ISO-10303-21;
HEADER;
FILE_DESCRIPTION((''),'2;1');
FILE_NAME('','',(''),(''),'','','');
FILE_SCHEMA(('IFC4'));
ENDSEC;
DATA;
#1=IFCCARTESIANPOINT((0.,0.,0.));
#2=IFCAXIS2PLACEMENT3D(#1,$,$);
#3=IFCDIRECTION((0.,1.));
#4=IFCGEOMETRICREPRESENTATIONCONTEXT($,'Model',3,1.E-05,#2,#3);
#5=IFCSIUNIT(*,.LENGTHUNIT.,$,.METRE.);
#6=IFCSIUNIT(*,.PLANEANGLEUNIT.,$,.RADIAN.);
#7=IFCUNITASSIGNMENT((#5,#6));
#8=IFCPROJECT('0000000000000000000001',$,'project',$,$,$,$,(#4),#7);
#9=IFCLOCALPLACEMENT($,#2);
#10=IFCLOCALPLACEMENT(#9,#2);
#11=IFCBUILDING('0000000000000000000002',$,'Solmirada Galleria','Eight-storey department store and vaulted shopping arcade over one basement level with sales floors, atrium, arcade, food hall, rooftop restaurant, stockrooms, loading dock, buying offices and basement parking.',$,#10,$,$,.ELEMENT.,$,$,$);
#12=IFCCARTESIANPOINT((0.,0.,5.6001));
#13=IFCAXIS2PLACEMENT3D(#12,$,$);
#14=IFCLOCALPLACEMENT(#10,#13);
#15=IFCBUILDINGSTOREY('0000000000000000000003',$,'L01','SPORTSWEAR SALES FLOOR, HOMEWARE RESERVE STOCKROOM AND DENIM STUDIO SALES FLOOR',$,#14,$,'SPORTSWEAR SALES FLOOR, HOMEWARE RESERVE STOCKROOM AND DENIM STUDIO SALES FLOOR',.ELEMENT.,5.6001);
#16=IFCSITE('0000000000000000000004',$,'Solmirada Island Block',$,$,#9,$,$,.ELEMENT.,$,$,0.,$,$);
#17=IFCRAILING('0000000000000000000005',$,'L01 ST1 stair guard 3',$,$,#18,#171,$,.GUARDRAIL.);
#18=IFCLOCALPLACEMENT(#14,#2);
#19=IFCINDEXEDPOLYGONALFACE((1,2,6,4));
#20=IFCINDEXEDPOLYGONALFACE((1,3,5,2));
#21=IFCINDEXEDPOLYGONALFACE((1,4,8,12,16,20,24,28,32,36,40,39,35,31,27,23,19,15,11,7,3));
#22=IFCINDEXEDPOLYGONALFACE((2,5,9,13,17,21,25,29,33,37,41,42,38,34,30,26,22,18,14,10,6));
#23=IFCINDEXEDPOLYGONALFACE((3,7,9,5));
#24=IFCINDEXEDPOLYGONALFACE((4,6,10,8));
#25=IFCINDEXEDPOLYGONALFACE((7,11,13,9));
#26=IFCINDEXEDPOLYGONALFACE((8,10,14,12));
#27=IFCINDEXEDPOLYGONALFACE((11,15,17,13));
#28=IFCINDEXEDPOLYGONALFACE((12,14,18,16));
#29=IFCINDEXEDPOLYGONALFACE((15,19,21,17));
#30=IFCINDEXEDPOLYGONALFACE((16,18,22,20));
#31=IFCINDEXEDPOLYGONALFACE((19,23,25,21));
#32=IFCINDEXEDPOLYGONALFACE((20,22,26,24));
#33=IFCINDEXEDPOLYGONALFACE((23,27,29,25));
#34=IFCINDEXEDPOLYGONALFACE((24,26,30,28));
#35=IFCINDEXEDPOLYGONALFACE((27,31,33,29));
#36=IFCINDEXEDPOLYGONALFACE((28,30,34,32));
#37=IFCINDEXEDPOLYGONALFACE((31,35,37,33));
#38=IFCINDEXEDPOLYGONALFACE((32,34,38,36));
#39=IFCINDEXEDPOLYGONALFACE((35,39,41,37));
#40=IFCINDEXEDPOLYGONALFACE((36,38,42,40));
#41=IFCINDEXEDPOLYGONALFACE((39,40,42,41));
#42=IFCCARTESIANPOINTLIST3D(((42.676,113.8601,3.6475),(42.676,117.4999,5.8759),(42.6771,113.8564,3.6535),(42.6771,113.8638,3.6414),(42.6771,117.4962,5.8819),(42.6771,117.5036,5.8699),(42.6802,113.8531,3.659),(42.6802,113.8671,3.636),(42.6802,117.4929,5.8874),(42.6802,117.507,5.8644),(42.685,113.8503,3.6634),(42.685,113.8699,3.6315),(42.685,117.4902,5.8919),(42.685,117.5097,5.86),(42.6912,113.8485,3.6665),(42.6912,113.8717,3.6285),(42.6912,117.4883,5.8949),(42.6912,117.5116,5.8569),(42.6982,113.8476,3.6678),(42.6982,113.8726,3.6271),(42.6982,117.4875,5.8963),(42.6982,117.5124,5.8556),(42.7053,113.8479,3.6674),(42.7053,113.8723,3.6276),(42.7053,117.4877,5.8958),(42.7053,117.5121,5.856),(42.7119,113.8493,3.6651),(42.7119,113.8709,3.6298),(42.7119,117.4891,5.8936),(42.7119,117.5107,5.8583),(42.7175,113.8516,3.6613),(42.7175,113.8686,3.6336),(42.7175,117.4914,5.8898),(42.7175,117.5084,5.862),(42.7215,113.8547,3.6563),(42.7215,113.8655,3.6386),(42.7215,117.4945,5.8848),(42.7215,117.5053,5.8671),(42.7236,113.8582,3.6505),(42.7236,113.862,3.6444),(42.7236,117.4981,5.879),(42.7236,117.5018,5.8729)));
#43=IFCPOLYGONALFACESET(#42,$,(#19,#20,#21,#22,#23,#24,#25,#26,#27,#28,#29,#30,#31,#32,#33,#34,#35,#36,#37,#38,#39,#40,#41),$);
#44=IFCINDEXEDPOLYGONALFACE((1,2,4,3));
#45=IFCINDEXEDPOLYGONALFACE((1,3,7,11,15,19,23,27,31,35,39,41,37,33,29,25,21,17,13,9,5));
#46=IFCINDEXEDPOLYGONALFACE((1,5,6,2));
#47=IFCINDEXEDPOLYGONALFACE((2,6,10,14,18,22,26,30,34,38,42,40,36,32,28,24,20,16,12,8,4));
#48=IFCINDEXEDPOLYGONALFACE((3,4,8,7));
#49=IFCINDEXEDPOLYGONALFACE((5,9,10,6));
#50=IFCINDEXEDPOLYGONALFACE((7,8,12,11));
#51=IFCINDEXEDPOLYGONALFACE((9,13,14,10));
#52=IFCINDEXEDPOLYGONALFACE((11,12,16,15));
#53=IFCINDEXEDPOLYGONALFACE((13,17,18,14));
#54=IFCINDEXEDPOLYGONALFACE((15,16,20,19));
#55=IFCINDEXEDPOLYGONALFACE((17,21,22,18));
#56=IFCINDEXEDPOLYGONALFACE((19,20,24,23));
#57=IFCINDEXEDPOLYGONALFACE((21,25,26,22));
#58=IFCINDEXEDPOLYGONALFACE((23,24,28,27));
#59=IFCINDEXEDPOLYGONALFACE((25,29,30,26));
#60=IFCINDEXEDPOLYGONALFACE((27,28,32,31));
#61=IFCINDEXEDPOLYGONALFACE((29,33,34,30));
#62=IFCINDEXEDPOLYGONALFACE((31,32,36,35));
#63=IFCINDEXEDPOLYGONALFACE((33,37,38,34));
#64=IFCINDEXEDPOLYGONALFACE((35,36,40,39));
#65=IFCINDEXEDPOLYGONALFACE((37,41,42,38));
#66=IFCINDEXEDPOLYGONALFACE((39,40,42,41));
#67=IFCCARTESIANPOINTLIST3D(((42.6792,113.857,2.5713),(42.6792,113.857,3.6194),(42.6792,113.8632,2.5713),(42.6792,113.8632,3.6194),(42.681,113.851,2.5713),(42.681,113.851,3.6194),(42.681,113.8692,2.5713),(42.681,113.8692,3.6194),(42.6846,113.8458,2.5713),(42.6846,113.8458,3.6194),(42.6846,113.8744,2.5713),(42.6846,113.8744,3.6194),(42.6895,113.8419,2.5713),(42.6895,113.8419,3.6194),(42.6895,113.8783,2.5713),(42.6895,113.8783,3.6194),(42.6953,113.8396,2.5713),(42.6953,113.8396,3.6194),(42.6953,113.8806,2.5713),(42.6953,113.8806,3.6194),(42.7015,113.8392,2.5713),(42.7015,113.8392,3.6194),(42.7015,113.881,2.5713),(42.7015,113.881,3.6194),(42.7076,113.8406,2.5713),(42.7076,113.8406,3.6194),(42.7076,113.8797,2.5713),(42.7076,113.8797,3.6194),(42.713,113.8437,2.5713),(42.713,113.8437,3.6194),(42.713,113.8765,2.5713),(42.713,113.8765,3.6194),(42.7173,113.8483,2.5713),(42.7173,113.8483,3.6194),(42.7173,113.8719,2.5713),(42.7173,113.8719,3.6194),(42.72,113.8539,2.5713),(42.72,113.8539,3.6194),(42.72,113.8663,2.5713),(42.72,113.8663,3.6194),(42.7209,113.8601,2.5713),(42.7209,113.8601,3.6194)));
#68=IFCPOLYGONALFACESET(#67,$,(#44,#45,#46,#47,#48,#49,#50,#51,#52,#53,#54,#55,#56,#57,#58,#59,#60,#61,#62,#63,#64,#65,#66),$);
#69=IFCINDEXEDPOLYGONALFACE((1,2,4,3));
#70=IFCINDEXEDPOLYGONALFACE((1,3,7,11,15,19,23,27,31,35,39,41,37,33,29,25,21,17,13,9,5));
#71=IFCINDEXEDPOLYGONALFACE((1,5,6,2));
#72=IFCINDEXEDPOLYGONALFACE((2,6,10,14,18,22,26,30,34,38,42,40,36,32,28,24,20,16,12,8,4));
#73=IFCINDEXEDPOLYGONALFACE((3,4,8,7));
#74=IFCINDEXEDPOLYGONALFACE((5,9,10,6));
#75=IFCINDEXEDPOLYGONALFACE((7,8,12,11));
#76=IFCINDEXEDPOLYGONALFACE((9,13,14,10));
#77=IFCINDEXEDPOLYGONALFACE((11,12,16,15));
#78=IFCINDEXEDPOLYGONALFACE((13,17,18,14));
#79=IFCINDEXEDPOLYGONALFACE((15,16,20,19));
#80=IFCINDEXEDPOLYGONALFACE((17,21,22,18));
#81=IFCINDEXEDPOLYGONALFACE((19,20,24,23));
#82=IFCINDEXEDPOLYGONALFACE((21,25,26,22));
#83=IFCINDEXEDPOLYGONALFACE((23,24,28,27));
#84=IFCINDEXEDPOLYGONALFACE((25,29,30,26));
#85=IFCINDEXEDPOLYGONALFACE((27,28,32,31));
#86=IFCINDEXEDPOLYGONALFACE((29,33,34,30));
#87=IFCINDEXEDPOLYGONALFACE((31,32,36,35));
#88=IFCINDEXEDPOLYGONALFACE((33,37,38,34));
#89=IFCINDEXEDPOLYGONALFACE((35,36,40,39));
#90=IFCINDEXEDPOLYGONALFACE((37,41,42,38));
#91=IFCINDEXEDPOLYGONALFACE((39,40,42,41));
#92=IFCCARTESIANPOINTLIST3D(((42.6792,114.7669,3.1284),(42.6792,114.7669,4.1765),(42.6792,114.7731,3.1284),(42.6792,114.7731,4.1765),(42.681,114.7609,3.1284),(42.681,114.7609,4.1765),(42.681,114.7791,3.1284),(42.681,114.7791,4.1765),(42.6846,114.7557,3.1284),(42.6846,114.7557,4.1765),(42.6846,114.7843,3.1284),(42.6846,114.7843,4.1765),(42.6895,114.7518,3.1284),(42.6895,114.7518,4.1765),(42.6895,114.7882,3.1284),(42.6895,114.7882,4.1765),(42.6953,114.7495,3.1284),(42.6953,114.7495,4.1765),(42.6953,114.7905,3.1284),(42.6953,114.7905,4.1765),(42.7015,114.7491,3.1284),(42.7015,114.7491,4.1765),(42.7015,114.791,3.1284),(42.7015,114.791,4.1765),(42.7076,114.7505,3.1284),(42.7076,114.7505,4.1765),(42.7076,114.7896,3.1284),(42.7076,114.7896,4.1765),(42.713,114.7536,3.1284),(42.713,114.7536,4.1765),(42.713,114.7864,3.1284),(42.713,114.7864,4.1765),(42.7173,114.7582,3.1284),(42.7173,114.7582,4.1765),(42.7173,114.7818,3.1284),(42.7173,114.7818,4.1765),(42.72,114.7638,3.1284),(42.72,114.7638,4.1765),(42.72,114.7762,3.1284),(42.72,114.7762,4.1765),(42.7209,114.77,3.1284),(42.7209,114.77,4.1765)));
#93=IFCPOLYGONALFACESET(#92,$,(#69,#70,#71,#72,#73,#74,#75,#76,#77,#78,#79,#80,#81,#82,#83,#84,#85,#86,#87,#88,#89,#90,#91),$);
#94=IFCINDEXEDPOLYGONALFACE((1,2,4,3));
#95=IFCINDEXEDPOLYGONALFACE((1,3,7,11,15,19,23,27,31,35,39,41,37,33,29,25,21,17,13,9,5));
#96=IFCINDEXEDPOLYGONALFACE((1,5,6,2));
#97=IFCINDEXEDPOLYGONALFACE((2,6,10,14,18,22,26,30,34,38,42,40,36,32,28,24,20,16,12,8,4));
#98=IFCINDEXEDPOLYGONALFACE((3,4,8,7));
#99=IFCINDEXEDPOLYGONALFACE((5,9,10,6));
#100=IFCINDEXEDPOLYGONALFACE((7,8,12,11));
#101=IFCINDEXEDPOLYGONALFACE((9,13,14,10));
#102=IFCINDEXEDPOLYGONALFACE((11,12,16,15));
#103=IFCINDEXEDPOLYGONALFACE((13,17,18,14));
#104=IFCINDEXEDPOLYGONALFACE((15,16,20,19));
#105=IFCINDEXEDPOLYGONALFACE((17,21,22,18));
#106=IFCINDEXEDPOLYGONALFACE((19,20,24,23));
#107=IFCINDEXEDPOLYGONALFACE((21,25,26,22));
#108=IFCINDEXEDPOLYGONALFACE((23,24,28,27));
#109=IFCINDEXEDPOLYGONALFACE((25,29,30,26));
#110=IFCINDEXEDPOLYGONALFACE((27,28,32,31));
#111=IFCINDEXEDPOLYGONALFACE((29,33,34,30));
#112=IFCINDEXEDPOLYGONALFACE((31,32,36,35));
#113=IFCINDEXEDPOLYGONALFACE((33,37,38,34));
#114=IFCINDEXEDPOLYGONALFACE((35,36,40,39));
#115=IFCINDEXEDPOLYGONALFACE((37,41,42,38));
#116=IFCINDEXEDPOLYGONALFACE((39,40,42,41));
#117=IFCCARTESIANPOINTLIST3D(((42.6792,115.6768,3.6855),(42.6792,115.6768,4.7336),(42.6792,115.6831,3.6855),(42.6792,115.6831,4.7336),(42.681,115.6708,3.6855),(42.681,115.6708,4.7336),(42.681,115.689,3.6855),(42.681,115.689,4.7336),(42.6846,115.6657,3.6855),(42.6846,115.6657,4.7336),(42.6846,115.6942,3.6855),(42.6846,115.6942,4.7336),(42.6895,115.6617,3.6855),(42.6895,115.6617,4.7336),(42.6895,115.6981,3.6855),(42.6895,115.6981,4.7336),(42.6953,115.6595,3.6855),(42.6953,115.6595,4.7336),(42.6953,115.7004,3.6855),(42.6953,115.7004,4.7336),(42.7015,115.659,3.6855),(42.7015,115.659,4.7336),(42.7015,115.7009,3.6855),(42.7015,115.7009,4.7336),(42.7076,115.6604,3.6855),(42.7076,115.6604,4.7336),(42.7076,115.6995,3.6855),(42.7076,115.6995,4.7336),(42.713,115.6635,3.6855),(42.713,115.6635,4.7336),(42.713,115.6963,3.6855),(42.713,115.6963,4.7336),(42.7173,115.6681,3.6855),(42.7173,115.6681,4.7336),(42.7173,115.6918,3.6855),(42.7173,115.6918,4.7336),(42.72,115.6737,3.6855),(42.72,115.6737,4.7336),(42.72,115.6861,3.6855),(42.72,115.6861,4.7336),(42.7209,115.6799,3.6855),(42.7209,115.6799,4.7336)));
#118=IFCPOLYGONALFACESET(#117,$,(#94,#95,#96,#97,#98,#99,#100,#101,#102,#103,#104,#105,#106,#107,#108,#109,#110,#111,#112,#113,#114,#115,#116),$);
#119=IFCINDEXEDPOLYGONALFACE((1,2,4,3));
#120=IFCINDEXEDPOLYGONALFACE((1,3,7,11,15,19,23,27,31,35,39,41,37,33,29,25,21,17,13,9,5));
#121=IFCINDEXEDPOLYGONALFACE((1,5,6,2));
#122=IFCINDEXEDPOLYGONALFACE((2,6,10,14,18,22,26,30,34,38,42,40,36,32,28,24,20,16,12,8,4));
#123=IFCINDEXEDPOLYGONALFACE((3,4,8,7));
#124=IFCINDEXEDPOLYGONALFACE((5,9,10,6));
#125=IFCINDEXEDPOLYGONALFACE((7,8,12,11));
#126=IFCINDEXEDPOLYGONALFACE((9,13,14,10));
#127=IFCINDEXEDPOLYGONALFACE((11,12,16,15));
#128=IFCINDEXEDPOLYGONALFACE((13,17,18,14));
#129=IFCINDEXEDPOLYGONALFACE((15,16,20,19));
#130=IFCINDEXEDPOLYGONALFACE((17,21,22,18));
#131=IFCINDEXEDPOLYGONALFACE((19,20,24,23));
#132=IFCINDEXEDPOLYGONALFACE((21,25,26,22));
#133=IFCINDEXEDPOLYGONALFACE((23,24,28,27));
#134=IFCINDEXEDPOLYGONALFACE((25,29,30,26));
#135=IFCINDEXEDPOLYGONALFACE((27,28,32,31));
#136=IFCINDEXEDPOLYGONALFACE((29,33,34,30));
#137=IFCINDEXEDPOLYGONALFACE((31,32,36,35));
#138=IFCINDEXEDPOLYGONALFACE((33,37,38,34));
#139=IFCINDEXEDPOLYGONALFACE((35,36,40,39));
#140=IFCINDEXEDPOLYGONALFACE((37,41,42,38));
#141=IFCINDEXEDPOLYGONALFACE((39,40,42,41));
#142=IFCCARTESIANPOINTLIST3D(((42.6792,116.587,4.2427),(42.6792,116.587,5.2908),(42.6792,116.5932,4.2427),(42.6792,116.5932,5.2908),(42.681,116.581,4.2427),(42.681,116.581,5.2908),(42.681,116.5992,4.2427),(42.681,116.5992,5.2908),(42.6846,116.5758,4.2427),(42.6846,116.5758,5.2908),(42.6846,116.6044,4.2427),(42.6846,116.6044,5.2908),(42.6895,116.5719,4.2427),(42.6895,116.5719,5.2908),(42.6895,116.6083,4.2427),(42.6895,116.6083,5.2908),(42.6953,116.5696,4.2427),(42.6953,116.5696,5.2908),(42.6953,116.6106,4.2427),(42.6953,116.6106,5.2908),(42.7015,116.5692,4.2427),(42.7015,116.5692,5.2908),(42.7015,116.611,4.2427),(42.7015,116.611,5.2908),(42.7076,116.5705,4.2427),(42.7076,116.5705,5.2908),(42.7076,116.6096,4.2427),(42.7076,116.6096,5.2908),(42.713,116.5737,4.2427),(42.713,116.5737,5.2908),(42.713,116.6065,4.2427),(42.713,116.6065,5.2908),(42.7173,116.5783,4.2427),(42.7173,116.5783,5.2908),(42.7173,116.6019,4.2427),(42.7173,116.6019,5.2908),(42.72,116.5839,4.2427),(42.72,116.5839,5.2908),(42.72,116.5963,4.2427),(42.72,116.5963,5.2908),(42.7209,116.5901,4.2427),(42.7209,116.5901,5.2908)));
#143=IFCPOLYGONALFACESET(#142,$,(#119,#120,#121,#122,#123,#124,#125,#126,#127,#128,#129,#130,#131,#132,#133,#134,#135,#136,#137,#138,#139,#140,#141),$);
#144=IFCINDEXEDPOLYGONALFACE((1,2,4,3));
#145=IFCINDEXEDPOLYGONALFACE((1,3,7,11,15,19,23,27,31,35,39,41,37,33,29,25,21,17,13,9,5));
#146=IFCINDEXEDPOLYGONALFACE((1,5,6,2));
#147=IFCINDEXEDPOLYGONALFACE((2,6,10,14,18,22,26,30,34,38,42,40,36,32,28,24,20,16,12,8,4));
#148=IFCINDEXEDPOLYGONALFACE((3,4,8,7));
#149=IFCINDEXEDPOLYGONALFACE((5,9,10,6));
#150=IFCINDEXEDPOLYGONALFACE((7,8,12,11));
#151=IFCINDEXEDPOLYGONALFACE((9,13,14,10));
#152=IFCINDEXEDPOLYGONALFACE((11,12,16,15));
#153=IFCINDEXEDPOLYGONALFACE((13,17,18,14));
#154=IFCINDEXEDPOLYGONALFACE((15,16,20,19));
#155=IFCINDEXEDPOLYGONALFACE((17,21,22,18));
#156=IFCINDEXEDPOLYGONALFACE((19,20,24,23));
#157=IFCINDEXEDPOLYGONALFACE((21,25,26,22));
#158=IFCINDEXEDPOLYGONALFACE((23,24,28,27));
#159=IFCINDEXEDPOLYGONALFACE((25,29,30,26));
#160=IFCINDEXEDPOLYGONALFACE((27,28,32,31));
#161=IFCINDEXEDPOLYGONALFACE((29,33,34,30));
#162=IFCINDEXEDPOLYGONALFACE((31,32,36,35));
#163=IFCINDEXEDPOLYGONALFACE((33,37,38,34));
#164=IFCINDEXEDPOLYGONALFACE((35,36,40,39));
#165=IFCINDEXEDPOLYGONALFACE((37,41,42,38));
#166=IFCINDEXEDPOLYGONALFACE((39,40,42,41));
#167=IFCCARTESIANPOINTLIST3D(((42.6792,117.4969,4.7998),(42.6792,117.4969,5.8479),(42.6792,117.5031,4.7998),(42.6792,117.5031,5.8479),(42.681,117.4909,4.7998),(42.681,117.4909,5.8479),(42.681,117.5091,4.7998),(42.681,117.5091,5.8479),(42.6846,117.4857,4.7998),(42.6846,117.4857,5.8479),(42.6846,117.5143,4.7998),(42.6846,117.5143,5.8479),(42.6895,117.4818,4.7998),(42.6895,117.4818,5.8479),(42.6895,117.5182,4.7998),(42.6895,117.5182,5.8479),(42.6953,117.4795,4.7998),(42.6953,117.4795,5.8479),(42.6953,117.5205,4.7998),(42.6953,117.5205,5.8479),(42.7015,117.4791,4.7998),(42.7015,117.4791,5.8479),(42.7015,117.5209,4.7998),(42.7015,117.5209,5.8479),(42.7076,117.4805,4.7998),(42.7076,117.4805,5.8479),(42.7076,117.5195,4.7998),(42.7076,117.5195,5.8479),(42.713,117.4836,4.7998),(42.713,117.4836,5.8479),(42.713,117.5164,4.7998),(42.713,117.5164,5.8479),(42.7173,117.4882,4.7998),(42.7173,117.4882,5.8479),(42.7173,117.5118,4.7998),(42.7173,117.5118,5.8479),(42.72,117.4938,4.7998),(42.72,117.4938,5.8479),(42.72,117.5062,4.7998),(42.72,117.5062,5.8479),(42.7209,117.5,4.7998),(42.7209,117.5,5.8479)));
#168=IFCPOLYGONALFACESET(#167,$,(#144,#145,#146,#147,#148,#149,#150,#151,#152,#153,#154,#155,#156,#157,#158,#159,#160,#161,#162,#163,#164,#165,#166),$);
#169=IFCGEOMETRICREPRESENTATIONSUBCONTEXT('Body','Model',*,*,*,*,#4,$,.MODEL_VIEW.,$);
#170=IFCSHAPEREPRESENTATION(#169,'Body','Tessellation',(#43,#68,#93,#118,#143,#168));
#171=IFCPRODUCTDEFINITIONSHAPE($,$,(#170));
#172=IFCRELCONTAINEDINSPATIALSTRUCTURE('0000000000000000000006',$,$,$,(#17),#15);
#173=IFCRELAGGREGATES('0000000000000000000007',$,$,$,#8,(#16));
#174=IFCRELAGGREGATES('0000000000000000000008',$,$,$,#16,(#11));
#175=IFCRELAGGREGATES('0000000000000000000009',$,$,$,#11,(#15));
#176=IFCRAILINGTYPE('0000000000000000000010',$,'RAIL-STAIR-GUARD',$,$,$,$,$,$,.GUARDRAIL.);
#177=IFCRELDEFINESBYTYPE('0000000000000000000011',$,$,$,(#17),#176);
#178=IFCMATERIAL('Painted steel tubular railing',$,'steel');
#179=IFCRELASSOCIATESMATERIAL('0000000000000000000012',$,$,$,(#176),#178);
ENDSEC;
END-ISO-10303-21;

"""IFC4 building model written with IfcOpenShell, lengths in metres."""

from ifc_helpers import new_model, si_unit, direction, frame, origin, origin_2d, place, context, subcontext, project, spatial, circle, extrude, material, type_object, element, save


model = new_model("IFC4")

# Units and contexts
model_context = context("Model", 3, precision=1e-05, world=origin(), true_north=direction((0.0, 1.0)))
body_context = subcontext(model_context, "Body", "Model", "MODEL_VIEW")
ifc_project = project(units=[si_unit("LENGTHUNIT", "METRE"), si_unit("PLANEANGLEUNIT", "RADIAN")], contexts=[model_context])

# Site, building, storey
site_placement = place(None, origin())
site = spatial("IfcSite", under=ifc_project, at=site_placement, Name="Solmirada Island Block", CompositionType="ELEMENT", RefElevation=0.0)
building_placement = place(site_placement, origin())
building = spatial("IfcBuilding", under=site, at=building_placement, Name="Solmirada Galleria", Description="Eight-storey department store and vaulted shopping arcade over one basement level with sales floors, atrium, arcade, food hall, rooftop restaurant, stockrooms, loading dock, buying offices and basement parking.", CompositionType="ELEMENT")
storey_placement = place(building_placement, frame((0.0, 0.0, 5.6001)))
storey = spatial("IfcBuildingStorey", under=building, at=storey_placement, Name="L01", Description="SPORTSWEAR SALES FLOOR, HOMEWARE RESERVE STOCKROOM AND DENIM STUDIO SALES FLOOR", LongName="SPORTSWEAR SALES FLOOR, HOMEWARE RESERVE STOCKROOM AND DENIM STUDIO SALES FLOOR", CompositionType="ELEMENT", Elevation=5.6001)

# Railing
ifc_material_1 = material(Name="Painted steel tubular railing", Category="steel")
railing_type_1 = type_object("IfcRailingType", Name="RAIL-STAIR-GUARD", PredefinedType="GUARDRAIL", material=ifc_material_1)
railing_1_placement = place(storey_placement, frame((42.7, 113.8601, 2.5713)))
element("IfcRailing", 1, at=railing_1_placement, inside=storey, type_object=railing_type_1, Name="L01 ST1 stair guard 3", PredefinedType="GUARDRAIL", context=body_context, shape_type="SweptSolid", body=[
    extrude(circle(Radius=0.0239, at=origin_2d()), frame((0.0, 0.0, 1.0762), z_axis=(0.0, 0.85285, 0.522156), x_axis=(-1.0, 0.0, 0.0)), (0.0, 0.0, 1.0), 4.2678),
    extrude(circle(Radius=0.021, at=origin_2d()), origin(), (0.0, 0.0, 1.0), 1.0481),
    extrude(circle(Radius=0.021, at=origin_2d()), frame((0.0, 0.9099, 0.5571)), (0.0, 0.0, 1.0), 1.0481),
    extrude(circle(Radius=0.021, at=origin_2d()), frame((0.0, 1.8198, 1.1143)), (0.0, 0.0, 1.0), 1.0481),
    extrude(circle(Radius=0.021, at=origin_2d()), frame((0.0, 2.73, 1.6714)), (0.0, 0.0, 1.0), 1.0481),
    extrude(circle(Radius=0.021, at=origin_2d()), frame((0.0, 3.6399, 2.2285)), (0.0, 0.0, 1.0), 1.0481),
])

save(model, "model.ifc")
